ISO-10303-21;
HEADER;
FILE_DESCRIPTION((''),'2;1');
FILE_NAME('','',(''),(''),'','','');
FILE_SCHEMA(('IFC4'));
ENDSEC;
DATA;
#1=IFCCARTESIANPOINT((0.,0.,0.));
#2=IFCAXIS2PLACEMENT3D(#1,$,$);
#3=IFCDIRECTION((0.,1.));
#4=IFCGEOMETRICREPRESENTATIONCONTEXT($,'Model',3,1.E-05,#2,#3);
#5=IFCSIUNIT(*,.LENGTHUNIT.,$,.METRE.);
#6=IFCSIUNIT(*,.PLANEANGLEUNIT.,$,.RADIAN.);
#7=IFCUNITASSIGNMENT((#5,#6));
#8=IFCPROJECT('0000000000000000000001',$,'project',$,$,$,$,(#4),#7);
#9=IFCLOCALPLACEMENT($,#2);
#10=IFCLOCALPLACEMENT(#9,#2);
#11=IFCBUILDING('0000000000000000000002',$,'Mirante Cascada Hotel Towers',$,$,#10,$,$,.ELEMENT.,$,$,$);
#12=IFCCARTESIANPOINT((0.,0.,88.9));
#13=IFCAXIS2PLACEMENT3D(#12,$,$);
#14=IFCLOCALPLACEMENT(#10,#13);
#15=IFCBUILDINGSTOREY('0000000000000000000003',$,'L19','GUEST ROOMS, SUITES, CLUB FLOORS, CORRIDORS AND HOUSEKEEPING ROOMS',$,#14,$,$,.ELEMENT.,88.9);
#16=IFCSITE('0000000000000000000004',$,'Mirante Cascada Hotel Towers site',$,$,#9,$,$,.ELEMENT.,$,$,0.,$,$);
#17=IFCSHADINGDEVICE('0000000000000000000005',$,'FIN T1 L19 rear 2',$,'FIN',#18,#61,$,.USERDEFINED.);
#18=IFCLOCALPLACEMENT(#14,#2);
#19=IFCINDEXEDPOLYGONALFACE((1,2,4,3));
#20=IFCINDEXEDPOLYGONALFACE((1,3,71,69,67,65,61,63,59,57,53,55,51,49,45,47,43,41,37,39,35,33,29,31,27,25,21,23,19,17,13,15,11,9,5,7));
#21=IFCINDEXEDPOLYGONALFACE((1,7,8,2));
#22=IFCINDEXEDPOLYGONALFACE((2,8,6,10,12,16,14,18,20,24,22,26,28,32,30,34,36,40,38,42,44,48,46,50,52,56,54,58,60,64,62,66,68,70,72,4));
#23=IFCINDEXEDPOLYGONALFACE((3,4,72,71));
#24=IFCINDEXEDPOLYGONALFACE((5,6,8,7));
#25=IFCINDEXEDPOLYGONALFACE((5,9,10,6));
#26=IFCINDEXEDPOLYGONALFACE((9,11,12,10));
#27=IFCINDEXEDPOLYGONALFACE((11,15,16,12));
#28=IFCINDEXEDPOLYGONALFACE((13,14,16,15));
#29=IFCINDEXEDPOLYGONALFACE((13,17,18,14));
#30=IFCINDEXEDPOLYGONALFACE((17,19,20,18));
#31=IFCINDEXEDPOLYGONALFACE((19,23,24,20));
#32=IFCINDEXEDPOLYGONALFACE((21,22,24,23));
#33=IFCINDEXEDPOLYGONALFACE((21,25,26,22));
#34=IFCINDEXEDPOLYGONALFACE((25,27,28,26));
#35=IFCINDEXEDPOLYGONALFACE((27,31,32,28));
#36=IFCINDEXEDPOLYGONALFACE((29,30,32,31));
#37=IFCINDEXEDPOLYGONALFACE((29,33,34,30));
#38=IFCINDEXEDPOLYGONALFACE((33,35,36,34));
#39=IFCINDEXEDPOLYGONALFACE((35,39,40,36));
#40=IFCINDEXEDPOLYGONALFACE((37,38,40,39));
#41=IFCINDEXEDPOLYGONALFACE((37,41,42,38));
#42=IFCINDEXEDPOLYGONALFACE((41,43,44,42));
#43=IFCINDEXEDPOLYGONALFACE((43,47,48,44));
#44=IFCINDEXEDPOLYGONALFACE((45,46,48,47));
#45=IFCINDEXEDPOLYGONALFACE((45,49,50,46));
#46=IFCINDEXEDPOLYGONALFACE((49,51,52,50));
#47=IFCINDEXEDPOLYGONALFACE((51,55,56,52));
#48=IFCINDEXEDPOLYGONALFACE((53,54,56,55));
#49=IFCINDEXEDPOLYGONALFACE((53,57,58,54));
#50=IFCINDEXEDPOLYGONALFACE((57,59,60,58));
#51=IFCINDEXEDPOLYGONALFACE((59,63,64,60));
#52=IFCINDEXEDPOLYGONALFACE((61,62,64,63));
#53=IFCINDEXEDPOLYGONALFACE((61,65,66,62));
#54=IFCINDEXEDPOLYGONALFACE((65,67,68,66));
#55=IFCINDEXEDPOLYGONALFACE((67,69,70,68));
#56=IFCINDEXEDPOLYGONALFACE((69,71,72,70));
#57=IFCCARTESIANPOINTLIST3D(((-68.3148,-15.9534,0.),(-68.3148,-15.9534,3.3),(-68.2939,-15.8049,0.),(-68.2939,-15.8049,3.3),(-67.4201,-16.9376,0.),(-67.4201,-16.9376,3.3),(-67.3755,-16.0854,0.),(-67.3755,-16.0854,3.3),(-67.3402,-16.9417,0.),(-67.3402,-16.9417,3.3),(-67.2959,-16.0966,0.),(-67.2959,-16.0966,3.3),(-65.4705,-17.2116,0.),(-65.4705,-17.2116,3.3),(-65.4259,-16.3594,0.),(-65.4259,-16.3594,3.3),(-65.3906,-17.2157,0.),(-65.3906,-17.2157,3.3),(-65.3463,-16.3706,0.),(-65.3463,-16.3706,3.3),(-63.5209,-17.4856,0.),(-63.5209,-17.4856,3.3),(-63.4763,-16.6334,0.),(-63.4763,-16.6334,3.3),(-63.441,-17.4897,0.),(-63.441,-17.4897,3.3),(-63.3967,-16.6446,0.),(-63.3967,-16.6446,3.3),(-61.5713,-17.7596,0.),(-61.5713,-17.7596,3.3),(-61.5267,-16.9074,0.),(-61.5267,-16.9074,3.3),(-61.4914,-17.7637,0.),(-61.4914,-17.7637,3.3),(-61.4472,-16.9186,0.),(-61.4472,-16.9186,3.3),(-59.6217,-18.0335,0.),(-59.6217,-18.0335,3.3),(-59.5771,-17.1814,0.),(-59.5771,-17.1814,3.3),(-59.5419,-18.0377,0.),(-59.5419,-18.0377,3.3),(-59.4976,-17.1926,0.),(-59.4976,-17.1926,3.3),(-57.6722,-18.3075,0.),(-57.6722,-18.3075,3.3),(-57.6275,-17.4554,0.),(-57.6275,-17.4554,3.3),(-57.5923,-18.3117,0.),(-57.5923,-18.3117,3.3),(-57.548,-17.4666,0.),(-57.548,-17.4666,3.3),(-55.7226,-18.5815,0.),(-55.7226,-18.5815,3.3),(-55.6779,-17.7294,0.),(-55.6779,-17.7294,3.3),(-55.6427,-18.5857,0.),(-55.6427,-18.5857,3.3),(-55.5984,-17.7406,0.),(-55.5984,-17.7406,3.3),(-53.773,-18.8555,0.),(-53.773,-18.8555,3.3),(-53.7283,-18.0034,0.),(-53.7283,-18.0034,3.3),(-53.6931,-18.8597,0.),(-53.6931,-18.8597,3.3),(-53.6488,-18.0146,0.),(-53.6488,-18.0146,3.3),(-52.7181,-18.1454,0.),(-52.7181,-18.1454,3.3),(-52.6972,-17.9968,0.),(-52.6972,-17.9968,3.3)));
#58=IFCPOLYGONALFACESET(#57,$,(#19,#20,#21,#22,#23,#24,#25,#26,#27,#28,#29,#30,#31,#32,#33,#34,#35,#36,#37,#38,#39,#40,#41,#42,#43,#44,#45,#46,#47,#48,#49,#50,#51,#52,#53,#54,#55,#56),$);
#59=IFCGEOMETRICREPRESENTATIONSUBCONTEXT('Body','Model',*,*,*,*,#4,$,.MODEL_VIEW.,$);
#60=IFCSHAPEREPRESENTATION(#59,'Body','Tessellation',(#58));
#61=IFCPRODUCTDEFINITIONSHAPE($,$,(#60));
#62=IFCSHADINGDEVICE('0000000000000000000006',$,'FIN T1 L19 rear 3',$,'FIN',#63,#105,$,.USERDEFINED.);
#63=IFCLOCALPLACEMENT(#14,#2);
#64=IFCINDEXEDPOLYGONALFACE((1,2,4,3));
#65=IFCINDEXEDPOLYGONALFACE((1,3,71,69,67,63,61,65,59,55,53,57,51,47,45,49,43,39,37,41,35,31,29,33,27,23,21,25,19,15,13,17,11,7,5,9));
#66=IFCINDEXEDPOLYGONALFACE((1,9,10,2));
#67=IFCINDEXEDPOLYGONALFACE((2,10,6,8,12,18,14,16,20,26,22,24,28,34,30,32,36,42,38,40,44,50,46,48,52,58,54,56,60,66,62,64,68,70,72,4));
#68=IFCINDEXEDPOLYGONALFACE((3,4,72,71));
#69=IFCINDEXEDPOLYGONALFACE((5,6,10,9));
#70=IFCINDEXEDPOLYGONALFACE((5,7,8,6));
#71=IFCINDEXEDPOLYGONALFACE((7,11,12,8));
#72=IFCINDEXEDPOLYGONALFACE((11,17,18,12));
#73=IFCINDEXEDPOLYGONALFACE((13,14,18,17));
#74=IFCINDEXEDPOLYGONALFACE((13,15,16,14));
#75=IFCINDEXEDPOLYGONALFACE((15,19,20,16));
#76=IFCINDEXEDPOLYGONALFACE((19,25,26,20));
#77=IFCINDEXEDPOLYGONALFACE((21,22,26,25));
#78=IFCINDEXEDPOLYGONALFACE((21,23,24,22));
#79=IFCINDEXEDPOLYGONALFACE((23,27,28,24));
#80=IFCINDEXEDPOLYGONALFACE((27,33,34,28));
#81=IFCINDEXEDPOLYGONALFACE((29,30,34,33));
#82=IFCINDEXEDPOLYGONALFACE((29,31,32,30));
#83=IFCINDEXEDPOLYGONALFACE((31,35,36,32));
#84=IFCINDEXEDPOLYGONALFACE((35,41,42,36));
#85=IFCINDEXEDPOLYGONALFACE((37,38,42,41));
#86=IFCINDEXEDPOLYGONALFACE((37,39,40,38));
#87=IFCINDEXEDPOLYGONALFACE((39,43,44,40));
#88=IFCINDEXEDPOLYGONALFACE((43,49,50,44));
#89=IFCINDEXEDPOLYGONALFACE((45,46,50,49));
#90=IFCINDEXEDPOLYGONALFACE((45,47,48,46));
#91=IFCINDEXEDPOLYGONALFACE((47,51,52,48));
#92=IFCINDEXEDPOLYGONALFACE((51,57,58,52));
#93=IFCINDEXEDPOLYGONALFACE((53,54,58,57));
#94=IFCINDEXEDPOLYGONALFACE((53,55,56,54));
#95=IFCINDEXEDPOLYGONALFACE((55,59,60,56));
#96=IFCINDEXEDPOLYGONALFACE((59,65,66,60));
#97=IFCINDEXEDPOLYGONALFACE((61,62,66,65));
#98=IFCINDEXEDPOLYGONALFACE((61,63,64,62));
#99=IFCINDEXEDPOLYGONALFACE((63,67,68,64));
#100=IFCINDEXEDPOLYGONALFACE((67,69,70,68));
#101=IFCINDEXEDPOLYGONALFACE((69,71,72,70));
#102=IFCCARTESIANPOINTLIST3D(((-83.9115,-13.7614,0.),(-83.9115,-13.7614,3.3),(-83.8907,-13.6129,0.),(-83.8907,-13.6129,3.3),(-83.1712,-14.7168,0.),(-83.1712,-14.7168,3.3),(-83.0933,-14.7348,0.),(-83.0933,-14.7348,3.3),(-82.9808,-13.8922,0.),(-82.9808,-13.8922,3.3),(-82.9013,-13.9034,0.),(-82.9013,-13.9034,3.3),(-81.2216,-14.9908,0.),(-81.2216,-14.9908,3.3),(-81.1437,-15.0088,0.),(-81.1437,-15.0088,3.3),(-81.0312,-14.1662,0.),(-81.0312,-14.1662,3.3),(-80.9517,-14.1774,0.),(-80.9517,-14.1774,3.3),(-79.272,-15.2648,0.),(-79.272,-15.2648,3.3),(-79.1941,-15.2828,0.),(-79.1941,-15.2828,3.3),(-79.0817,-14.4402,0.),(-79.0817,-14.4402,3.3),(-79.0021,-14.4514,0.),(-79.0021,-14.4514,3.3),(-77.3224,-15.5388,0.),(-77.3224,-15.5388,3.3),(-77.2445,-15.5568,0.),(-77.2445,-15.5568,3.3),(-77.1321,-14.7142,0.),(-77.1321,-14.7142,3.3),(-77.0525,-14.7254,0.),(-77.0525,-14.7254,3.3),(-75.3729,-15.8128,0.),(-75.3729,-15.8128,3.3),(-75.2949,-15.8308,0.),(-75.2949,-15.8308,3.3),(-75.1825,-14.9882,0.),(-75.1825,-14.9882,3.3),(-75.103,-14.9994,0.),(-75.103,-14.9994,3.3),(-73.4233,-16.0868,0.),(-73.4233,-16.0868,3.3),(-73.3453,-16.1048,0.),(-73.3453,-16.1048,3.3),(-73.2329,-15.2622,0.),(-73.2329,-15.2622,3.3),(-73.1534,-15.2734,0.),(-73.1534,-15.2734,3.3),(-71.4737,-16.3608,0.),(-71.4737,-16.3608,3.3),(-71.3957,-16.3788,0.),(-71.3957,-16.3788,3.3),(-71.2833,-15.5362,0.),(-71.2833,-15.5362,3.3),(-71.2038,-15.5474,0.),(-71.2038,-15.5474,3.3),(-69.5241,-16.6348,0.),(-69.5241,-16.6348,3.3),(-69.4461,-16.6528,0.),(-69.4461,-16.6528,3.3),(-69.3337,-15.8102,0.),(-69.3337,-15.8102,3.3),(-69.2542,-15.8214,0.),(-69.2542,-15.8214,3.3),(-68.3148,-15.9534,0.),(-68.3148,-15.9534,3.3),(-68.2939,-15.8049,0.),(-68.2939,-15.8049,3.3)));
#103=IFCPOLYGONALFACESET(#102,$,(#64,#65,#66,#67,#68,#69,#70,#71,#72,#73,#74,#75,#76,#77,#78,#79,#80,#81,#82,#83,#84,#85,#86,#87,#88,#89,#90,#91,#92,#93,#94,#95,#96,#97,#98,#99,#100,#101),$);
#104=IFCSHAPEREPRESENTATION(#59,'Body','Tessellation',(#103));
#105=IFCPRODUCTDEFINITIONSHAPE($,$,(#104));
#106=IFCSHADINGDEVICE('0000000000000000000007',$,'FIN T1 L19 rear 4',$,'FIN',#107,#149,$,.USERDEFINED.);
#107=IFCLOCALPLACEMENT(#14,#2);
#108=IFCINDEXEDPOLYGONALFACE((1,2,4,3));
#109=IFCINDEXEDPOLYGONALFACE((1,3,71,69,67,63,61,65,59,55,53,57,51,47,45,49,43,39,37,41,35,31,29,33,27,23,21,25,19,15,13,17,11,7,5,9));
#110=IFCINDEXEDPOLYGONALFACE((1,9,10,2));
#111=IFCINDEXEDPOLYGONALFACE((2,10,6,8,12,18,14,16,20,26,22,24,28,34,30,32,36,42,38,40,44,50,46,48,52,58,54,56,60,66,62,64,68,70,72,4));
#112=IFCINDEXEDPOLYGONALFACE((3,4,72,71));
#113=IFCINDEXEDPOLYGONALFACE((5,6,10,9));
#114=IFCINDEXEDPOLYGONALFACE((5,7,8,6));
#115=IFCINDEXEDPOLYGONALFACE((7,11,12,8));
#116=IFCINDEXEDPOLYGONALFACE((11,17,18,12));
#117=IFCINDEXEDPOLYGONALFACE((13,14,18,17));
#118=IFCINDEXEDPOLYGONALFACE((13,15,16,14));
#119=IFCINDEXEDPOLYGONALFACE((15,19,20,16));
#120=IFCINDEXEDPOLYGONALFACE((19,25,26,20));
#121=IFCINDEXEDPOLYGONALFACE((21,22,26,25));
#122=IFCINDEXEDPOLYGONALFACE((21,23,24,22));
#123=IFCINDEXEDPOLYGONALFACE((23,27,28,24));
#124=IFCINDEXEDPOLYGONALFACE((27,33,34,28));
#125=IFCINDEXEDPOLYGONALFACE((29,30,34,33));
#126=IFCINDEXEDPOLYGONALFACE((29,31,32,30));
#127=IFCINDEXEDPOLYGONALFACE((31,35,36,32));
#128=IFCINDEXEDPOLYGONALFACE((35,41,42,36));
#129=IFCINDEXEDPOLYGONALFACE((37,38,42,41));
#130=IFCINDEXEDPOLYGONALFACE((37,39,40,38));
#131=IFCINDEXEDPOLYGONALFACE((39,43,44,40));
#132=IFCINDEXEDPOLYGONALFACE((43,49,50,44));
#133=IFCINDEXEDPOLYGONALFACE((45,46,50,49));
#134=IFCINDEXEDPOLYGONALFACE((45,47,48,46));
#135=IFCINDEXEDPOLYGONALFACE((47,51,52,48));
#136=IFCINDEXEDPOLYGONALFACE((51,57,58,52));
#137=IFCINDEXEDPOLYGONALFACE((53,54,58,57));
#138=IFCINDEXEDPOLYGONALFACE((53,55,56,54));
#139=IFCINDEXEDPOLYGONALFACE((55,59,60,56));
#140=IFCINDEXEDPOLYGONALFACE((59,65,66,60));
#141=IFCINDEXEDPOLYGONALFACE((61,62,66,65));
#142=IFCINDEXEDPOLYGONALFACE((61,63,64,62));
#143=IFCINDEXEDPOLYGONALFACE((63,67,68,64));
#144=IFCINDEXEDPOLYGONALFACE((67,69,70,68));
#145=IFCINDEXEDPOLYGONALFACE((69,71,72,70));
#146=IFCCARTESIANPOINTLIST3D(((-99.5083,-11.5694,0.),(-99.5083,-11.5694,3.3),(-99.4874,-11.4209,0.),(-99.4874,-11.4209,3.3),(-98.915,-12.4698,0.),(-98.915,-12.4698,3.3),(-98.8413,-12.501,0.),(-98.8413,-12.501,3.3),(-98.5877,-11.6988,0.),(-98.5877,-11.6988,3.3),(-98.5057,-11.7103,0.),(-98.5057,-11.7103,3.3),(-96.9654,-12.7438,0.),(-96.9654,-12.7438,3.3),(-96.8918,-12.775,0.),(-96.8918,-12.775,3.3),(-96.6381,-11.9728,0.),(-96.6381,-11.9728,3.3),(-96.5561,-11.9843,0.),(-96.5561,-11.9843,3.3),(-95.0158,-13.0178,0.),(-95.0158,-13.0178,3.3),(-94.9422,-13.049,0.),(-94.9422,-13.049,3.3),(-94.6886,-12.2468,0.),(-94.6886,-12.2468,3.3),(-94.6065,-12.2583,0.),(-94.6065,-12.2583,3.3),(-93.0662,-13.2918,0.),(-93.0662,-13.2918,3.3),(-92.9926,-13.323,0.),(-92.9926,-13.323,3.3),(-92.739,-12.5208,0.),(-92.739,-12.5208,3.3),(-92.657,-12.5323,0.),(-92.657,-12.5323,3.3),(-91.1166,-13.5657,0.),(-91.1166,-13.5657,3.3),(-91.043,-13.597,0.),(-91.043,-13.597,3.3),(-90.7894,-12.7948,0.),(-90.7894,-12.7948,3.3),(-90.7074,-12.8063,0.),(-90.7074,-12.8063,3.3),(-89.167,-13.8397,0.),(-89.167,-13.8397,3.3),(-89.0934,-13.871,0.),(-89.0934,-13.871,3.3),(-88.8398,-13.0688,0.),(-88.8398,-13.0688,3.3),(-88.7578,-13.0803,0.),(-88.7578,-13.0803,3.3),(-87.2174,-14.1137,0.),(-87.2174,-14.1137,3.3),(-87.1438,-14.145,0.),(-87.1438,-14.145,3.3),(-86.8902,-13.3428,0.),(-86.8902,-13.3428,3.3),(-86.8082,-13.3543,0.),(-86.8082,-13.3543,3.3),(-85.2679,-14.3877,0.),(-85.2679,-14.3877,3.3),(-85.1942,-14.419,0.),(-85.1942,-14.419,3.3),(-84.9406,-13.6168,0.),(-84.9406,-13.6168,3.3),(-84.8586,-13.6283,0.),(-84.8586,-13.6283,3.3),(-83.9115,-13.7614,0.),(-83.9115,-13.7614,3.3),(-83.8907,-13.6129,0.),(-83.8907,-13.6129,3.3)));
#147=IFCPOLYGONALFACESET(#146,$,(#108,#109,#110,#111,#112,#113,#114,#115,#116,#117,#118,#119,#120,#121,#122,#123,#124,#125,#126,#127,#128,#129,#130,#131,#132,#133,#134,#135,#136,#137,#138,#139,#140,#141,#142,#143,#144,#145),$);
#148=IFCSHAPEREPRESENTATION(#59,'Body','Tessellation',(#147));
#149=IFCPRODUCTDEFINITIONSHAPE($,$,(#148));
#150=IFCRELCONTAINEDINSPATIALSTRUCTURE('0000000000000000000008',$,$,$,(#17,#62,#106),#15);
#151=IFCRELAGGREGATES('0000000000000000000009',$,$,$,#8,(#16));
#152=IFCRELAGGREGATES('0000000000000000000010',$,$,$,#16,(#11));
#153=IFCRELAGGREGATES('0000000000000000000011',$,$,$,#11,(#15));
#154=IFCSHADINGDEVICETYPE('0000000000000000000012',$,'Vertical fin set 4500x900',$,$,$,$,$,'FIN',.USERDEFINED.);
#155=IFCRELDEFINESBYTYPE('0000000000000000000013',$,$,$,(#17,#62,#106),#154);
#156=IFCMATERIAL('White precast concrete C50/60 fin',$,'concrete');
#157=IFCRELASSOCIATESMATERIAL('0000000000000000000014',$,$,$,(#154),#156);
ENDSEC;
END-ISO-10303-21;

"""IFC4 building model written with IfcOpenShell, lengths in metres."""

from ifc_helpers import new_model, si_unit, direction, frame, origin, place, context, subcontext, project, spatial, polyline, outline, extrude, material, type_object, element, save


model = new_model("IFC4")

# Units and contexts
model_context = context("Model", 3, precision=1e-05, world=origin(), true_north=direction((0.0, 1.0)))
body_context = subcontext(model_context, "Body", "Model", "MODEL_VIEW")
ifc_project = project(units=[si_unit("LENGTHUNIT", "METRE"), si_unit("PLANEANGLEUNIT", "RADIAN")], contexts=[model_context])

# Site, building, storey
site_placement = place(None, origin())
site = spatial("IfcSite", under=ifc_project, at=site_placement, Name="Mirante Cascada Hotel Towers site", CompositionType="ELEMENT", RefElevation=0.0)
building_placement = place(site_placement, origin())
building = spatial("IfcBuilding", under=site, at=building_placement, Name="Mirante Cascada Hotel Towers", CompositionType="ELEMENT")
storey_placement = place(building_placement, frame((0.0, 0.0, 88.9)))
storey = spatial("IfcBuildingStorey", under=building, at=storey_placement, Name="L19", Description="GUEST ROOMS, SUITES, CLUB FLOORS, CORRIDORS AND HOUSEKEEPING ROOMS", CompositionType="ELEMENT", Elevation=88.9)

# Shading devices
ifc_material_1 = material(Name="White precast concrete C50/60 fin", Category="concrete")
shading_device_type = type_object("IfcShadingDeviceType", Name="Vertical fin set 4500x900", ElementType="FIN", PredefinedType="USERDEFINED", material=ifc_material_1)
shading_device_1_placement = place(storey_placement, origin())
element("IfcShadingDevice", 1, at=shading_device_1_placement, inside=storey, type_object=shading_device_type, Name="FIN T1 L19 rear 2", ObjectType="FIN", PredefinedType="USERDEFINED", context=body_context, shape_type="SweptSolid", body=[
    extrude(outline(polyline([(-53.7283, -18.0034), (-55.5984, -17.7406), (-55.6427, -18.5857), (-55.7226, -18.5815), (-55.6779, -17.7294), (-57.548, -17.4666), (-57.5923, -18.3117), (-57.6722, -18.3075), (-57.6275, -17.4554), (-59.4976, -17.1926), (-59.5419, -18.0377), (-59.6217, -18.0335), (-59.5771, -17.1814), (-61.4472, -16.9186), (-61.4914, -17.7637), (-61.5713, -17.7596), (-61.5267, -16.9074), (-63.3967, -16.6446), (-63.441, -17.4897), (-63.5209, -17.4856), (-63.4763, -16.6334), (-65.3463, -16.3706), (-65.3906, -17.2157), (-65.4705, -17.2116), (-65.4259, -16.3594), (-67.2959, -16.0966), (-67.3402, -16.9417), (-67.4201, -16.9376), (-67.3755, -16.0854), (-68.3148, -15.9534), (-68.2939, -15.8049), (-52.6972, -17.9968), (-52.7181, -18.1454), (-53.6488, -18.0146), (-53.6931, -18.8597), (-53.773, -18.8555), (-53.7283, -18.0034)])), origin(), (0.0, 0.0, 1.0), 3.3),
])
shading_device_2_placement = place(storey_placement, origin())
element("IfcShadingDevice", 2, at=shading_device_2_placement, inside=storey, type_object=shading_device_type, Name="FIN T1 L19 rear 3", ObjectType="FIN", PredefinedType="USERDEFINED", context=body_context, shape_type="SweptSolid", body=[
    extrude(outline(polyline([(-69.3337, -15.8102), (-71.2038, -15.5474), (-71.3957, -16.3788), (-71.4737, -16.3608), (-71.2833, -15.5362), (-73.1534, -15.2734), (-73.3453, -16.1048), (-73.4233, -16.0868), (-73.2329, -15.2622), (-75.103, -14.9994), (-75.2949, -15.8308), (-75.3729, -15.8128), (-75.1825, -14.9882), (-77.0525, -14.7254), (-77.2445, -15.5568), (-77.3224, -15.5388), (-77.1321, -14.7142), (-79.0021, -14.4514), (-79.1941, -15.2828), (-79.272, -15.2648), (-79.0817, -14.4402), (-80.9517, -14.1774), (-81.1437, -15.0088), (-81.2216, -14.9908), (-81.0312, -14.1662), (-82.9013, -13.9034), (-83.0933, -14.7348), (-83.1712, -14.7168), (-82.9808, -13.8922), (-83.9115, -13.7614), (-83.8907, -13.6129), (-68.2939, -15.8049), (-68.3148, -15.9534), (-69.2542, -15.8214), (-69.4461, -16.6528), (-69.5241, -16.6348), (-69.3337, -15.8102)])), origin(), (0.0, 0.0, 1.0), 3.3),
])
shading_device_3_placement = place(storey_placement, origin())
element("IfcShadingDevice", 3, at=shading_device_3_placement, inside=storey, type_object=shading_device_type, Name="FIN T1 L19 rear 4", ObjectType="FIN", PredefinedType="USERDEFINED", context=body_context, shape_type="SweptSolid", body=[
    extrude(outline(polyline([(-84.9406, -13.6168), (-86.8082, -13.3543), (-87.1438, -14.145), (-87.2174, -14.1137), (-86.8902, -13.3428), (-88.7578, -13.0803), (-89.0934, -13.871), (-89.167, -13.8397), (-88.8398, -13.0688), (-90.7074, -12.8063), (-91.043, -13.597), (-91.1166, -13.5657), (-90.7894, -12.7948), (-92.657, -12.5323), (-92.9926, -13.323), (-93.0662, -13.2918), (-92.739, -12.5208), (-94.6065, -12.2583), (-94.9422, -13.049), (-95.0158, -13.0178), (-94.6886, -12.2468), (-96.5561, -11.9843), (-96.8918, -12.775), (-96.9654, -12.7438), (-96.6381, -11.9728), (-98.5057, -11.7103), (-98.8413, -12.501), (-98.915, -12.4698), (-98.5877, -11.6988), (-99.5083, -11.5694), (-99.4874, -11.4209), (-83.8907, -13.6129), (-83.9115, -13.7614), (-84.8586, -13.6283), (-85.1942, -14.419), (-85.2679, -14.3877), (-84.9406, -13.6168)])), origin(), (0.0, 0.0, 1.0), 3.3),
])

save(model, "model.ifc")
